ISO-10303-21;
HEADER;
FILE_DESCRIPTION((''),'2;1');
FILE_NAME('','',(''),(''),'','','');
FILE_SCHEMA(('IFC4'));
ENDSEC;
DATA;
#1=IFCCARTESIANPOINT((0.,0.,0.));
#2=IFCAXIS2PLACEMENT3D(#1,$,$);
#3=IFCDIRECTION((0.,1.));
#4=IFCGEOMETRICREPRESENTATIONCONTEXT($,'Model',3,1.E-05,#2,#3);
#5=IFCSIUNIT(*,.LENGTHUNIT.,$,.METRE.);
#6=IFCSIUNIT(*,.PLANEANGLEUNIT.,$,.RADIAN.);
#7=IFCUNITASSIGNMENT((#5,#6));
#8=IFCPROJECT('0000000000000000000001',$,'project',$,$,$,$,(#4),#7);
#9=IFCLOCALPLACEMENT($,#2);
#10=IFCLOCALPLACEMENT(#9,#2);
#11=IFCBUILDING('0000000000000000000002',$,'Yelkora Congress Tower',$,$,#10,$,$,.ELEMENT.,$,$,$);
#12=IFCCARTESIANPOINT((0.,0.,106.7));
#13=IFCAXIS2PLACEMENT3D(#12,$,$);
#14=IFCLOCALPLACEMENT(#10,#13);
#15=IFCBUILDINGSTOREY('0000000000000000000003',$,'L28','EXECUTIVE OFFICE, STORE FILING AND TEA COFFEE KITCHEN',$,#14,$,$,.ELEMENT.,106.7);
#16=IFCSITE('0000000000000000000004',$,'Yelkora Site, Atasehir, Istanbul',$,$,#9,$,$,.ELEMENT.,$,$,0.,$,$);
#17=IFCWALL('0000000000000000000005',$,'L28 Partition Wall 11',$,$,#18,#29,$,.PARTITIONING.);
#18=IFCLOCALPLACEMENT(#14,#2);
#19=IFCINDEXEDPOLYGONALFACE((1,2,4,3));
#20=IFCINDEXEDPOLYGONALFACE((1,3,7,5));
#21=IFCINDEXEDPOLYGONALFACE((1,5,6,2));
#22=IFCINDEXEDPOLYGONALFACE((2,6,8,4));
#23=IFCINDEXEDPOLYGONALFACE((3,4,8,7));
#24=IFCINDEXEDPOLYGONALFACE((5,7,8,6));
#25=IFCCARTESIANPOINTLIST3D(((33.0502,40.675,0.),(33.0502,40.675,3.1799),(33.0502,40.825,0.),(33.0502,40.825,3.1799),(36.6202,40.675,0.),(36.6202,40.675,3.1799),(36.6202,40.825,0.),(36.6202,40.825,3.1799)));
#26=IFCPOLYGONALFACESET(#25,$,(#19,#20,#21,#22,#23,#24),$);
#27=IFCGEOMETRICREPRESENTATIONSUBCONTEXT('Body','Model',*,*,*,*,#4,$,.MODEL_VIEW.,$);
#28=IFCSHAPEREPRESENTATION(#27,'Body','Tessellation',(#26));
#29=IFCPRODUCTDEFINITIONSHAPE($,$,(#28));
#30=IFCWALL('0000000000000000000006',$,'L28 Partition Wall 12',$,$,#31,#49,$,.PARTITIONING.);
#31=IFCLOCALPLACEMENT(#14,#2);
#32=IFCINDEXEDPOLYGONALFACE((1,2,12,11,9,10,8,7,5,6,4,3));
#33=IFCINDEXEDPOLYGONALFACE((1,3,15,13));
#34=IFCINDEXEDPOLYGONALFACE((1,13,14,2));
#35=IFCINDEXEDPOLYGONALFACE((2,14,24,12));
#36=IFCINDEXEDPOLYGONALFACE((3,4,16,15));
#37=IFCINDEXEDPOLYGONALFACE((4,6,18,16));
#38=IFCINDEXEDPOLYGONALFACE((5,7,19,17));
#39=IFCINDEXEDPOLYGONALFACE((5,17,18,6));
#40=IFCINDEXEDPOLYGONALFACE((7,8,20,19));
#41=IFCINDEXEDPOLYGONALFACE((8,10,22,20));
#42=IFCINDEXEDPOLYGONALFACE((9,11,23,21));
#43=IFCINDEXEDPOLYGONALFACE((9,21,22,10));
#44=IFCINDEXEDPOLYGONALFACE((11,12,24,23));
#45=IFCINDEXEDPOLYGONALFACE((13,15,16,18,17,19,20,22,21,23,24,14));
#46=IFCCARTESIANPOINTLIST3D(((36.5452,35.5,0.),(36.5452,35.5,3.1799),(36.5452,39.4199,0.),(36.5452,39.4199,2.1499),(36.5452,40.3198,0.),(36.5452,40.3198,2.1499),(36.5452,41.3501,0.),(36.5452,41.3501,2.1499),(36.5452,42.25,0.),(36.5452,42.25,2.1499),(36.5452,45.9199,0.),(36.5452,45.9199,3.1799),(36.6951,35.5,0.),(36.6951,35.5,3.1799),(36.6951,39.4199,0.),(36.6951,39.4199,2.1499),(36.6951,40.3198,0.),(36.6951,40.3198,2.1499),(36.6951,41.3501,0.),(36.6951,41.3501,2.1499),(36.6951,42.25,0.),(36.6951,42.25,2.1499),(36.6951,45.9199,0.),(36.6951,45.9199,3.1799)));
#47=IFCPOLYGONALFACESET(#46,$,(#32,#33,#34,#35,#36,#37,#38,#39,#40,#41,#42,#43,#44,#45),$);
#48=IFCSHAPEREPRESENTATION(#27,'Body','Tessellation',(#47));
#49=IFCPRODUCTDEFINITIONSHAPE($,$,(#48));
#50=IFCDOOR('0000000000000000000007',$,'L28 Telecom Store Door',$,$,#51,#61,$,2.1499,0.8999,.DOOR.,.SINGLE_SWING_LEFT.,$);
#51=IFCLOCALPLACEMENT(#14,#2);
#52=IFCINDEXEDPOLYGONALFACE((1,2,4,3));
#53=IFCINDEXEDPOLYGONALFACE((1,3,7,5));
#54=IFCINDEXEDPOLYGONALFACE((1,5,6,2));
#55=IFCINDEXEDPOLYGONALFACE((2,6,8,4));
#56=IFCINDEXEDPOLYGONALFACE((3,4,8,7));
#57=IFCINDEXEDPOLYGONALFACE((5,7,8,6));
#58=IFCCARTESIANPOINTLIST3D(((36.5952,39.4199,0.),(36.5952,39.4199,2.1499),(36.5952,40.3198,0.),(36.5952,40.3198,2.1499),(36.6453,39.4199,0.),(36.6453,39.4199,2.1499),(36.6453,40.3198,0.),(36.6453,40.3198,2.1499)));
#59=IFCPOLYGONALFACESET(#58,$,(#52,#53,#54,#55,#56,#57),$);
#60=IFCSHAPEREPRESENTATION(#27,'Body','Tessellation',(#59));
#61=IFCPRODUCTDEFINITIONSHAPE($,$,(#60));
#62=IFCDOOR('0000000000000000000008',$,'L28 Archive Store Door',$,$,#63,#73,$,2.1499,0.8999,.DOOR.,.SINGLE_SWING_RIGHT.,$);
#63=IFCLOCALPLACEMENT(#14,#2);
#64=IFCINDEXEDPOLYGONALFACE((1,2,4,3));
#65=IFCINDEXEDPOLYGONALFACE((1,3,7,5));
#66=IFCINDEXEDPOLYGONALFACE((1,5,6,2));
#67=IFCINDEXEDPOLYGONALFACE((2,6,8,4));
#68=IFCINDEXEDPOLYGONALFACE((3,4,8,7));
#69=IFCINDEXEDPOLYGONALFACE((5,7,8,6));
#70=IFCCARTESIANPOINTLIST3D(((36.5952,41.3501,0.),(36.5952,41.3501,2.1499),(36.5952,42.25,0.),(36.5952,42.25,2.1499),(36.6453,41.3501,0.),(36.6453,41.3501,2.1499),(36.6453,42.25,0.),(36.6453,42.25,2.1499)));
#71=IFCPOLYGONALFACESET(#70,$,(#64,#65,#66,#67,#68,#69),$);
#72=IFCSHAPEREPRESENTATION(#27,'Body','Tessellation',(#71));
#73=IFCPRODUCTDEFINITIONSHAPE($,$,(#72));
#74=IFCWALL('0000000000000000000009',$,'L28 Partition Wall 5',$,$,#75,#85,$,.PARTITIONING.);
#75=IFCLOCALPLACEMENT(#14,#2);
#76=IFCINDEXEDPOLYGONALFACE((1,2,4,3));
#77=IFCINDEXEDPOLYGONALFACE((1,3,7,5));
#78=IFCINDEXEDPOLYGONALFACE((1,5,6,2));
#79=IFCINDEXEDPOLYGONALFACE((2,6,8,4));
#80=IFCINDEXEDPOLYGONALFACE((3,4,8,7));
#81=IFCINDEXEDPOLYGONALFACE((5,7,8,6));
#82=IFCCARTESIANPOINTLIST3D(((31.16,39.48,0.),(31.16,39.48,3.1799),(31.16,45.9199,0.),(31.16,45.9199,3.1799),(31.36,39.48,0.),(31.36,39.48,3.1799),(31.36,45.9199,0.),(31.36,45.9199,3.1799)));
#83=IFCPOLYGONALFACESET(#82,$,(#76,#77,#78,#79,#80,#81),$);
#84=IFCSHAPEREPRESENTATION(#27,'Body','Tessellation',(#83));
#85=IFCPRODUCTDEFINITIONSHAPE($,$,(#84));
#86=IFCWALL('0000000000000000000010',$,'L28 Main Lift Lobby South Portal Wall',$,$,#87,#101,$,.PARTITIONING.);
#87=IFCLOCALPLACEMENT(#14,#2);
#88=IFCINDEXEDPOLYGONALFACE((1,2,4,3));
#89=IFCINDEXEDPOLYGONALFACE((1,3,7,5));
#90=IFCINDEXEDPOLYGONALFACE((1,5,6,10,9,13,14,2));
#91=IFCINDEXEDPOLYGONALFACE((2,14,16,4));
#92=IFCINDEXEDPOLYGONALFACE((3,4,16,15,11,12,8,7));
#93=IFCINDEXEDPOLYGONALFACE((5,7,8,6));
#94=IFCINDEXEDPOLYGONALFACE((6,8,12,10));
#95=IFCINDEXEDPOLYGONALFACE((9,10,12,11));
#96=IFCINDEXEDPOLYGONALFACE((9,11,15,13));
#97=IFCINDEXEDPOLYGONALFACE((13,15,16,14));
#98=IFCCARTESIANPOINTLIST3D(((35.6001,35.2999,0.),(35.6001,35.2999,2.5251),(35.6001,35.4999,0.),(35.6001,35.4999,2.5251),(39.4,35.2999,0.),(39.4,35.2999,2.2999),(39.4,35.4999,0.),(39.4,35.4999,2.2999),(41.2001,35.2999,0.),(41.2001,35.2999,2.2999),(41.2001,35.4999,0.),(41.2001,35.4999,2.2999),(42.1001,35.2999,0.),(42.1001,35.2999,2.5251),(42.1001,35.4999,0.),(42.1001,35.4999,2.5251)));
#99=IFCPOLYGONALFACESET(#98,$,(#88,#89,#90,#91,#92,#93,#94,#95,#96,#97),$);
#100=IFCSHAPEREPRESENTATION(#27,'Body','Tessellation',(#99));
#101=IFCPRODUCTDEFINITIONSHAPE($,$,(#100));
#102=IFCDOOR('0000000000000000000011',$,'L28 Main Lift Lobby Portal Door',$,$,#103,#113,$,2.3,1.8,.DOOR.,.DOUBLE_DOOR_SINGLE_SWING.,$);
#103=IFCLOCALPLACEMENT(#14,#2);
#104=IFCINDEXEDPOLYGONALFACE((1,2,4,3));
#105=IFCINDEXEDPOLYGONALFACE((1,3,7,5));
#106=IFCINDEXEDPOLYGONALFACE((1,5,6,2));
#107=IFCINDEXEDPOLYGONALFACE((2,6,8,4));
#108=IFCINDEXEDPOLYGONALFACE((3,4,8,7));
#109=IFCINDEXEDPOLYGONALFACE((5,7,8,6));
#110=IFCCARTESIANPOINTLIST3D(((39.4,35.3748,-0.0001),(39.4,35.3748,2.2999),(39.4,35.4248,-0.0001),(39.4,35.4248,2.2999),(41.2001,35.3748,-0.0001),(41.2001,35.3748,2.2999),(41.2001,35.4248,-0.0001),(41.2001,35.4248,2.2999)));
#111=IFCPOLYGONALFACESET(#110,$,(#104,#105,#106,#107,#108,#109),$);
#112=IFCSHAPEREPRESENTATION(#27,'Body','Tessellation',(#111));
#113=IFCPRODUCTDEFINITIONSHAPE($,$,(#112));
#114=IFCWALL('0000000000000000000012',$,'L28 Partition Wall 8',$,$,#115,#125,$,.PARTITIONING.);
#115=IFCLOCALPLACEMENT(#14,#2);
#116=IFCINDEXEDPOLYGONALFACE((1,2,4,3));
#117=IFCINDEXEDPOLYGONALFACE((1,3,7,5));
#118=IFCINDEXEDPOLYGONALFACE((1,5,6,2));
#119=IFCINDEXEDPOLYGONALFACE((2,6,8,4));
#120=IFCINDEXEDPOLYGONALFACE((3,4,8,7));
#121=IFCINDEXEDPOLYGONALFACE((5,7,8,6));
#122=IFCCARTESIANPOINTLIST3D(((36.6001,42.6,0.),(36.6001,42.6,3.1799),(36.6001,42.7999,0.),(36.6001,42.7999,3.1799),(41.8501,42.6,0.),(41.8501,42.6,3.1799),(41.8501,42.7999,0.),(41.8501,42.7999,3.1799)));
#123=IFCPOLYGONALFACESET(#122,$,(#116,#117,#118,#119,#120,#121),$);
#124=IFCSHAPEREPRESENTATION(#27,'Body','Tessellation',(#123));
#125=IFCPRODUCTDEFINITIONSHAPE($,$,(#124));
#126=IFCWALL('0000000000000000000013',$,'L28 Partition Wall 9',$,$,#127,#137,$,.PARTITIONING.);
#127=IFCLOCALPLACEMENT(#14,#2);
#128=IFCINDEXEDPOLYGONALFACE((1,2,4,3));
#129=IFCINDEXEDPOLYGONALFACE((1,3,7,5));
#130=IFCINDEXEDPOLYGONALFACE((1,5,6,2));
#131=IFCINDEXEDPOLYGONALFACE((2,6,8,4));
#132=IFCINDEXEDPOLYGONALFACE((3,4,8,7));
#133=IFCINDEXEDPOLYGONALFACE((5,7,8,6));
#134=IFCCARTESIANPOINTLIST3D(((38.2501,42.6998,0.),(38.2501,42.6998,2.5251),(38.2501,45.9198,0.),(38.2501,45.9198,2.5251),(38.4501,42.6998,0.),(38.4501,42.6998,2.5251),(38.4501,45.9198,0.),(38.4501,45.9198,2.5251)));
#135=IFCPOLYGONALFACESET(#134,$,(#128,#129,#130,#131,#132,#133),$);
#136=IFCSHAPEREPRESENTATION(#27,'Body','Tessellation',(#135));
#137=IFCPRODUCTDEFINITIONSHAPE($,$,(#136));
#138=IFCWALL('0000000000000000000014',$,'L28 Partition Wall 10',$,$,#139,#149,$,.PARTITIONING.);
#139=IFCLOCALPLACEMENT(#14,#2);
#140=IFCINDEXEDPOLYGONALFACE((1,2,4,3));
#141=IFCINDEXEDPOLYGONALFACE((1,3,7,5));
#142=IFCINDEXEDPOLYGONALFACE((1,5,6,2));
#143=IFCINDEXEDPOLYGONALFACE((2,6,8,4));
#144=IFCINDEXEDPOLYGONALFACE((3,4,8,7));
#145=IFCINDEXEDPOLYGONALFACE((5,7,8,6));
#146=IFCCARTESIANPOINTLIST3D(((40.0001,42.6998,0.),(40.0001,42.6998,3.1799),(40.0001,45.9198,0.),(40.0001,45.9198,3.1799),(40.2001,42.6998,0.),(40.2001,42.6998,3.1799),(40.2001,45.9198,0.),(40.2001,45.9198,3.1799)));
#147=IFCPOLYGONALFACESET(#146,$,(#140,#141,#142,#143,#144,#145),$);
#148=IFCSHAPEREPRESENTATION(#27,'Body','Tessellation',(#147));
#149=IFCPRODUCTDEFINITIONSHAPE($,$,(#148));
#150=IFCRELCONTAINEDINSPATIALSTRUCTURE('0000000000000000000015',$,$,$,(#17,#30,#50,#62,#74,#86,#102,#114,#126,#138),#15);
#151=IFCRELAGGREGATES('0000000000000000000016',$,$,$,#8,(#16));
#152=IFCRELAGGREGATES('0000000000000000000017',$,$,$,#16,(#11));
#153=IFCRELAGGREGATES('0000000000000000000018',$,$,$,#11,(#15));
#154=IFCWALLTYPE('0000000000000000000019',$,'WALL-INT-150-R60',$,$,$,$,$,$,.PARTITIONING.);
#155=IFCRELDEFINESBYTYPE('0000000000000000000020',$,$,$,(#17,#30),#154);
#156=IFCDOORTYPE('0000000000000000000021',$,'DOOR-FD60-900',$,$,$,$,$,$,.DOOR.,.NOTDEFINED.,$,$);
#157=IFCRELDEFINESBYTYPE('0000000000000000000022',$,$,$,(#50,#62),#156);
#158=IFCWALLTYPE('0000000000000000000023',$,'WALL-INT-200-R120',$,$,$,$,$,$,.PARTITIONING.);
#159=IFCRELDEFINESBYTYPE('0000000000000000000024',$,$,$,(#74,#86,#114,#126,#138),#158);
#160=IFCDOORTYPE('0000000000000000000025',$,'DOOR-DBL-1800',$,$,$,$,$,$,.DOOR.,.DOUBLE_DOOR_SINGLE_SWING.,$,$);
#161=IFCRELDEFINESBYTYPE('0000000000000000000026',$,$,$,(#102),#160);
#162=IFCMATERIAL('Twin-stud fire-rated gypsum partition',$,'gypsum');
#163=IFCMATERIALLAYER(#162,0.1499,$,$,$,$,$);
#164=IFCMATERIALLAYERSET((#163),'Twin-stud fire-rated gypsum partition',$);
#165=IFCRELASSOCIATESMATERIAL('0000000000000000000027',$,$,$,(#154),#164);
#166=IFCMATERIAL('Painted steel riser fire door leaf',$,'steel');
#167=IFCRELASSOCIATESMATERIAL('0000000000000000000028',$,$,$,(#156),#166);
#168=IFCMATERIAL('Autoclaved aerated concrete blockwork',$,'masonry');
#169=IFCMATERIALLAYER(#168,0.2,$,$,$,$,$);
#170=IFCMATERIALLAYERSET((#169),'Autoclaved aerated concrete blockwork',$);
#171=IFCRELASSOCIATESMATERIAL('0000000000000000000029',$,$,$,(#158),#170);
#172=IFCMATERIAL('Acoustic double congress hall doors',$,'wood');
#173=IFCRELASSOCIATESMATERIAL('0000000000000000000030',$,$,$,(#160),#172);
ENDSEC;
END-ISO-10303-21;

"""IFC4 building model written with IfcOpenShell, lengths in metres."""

from ifc_helpers import new_model, si_unit, direction, frame, frame_2d, origin, place, context, subcontext, project, spatial, rectangle, extrude, material, layer, layer_set, type_object, element, fill, save


model = new_model("IFC4")

# Units and contexts
model_context = context("Model", 3, precision=1e-05, world=origin(), true_north=direction((0.0, 1.0)))
body_context = subcontext(model_context, "Body", "Model", "MODEL_VIEW")
ifc_project = project(units=[si_unit("LENGTHUNIT", "METRE"), si_unit("PLANEANGLEUNIT", "RADIAN")], contexts=[model_context])

# Site, building, storey
site_placement = place(None, origin())
site = spatial("IfcSite", under=ifc_project, at=site_placement, Name="Yelkora Site, Atasehir, Istanbul", CompositionType="ELEMENT", RefElevation=0.0)
building_placement = place(site_placement, origin())
building = spatial("IfcBuilding", under=site, at=building_placement, Name="Yelkora Congress Tower", CompositionType="ELEMENT")
storey_placement = place(building_placement, frame((0.0, 0.0, 106.7)))
storey = spatial("IfcBuildingStorey", under=building, at=storey_placement, Name="L28", Description="EXECUTIVE OFFICE, STORE FILING AND TEA COFFEE KITCHEN", CompositionType="ELEMENT", Elevation=106.7)

# Wall
ifc_material_1 = material(Name="Twin-stud fire-rated gypsum partition", Category="gypsum")
ifc_layer_1 = layer(ifc_material_1, 0.1499)
ifc_layer_set_1 = layer_set([ifc_layer_1], Name="Twin-stud fire-rated gypsum partition")
wall_type_1 = type_object("IfcWallType", Name="WALL-INT-150-R60", PredefinedType="PARTITIONING", material=ifc_layer_set_1)
wall_1_placement = place(storey_placement, frame((33.05, 40.75, 0.0), z_axis=(0.0, 0.0, 1.0), x_axis=(1.0, 0.0, 0.0)))
element("IfcWall", 1, at=wall_1_placement, inside=storey, type_object=wall_type_1, Name="L28 Partition Wall 11", PredefinedType="PARTITIONING", context=body_context, shape_type="SweptSolid", body=[
    extrude(rectangle(XDim=3.5701, YDim=0.1499, at=frame_2d((1.7852, 0.0))), origin(), (0.0, 0.0, 1.0), 3.1799),
])

# Wall, openings, doors
wall_2_placement = place(storey_placement, frame((36.6201, 35.5, 0.0), z_axis=(0.0, 0.0, 1.0), x_axis=(0.0, 1.0, 0.0)))
wall_2 = element("IfcWall", 2, at=wall_2_placement, inside=storey, type_object=wall_type_1, Name="L28 Partition Wall 12", PredefinedType="PARTITIONING", context=body_context, shape_type="SweptSolid", body=[
    extrude(rectangle(XDim=10.4199, YDim=0.1499, at=frame_2d((5.21, 0.0))), origin(), (0.0, 0.0, 1.0), 3.1799),
])
opening_1_placement = place(wall_2_placement, frame((3.9199, 0.0, 0.0)))
opening_1 = element("IfcOpeningElement", 3, at=opening_1_placement, cuts=wall_2, PredefinedType="OPENING", context=body_context, shape_type="SweptSolid", body=[
    extrude(rectangle(XDim=0.8999, YDim=2.1499, at=frame_2d((0.45, 1.075))), frame((0.0, 0.085, 0.0), z_axis=(0.0, -1.0, 0.0), x_axis=(1.0, 0.0, 0.0)), (0.0, 0.0, 1.0), 0.1699),
])
opening_2_placement = place(wall_2_placement, frame((5.8501, 0.0, 0.0)))
opening_2 = element("IfcOpeningElement", 4, at=opening_2_placement, cuts=wall_2, PredefinedType="OPENING", context=body_context, shape_type="SweptSolid", body=[
    extrude(rectangle(XDim=0.8999, YDim=2.1499, at=frame_2d((0.45, 1.075))), frame((0.0, 0.085, 0.0), z_axis=(0.0, -1.0, 0.0), x_axis=(1.0, 0.0, 0.0)), (0.0, 0.0, 1.0), 0.1699),
])
ifc_material_2 = material(Name="Painted steel riser fire door leaf", Category="steel")
door_type_1 = type_object("IfcDoorType", Name="DOOR-FD60-900", OperationType="NOTDEFINED", PredefinedType="DOOR", material=ifc_material_2)
door_1_placement = place(opening_1_placement, origin())
door_1 = element("IfcDoor", 5, at=door_1_placement, inside=storey, type_object=door_type_1, Name="L28 Telecom Store Door", OperationType="SINGLE_SWING_LEFT", OverallHeight=2.1499, OverallWidth=0.8999, PredefinedType="DOOR", context=body_context, shape_type="SweptSolid", body=[
    extrude(rectangle(XDim=0.8999, YDim=2.1499, at=frame_2d((0.45, 1.075))), frame((0.0, 0.0249, 0.0), z_axis=(0.0, -1.0, 0.0), x_axis=(1.0, 0.0, 0.0)), (0.0, 0.0, 1.0), 0.05),
])
fill(opening_1, door_1)
door_2_placement = place(opening_2_placement, origin())
door_2 = element("IfcDoor", 6, at=door_2_placement, inside=storey, type_object=door_type_1, Name="L28 Archive Store Door", OperationType="SINGLE_SWING_RIGHT", OverallHeight=2.1499, OverallWidth=0.8999, PredefinedType="DOOR", context=body_context, shape_type="SweptSolid", body=[
    extrude(rectangle(XDim=0.8999, YDim=2.1499, at=frame_2d((0.45, 1.075))), frame((0.0, 0.0249, 0.0), z_axis=(0.0, -1.0, 0.0), x_axis=(1.0, 0.0, 0.0)), (0.0, 0.0, 1.0), 0.05),
])
fill(opening_2, door_2)

# Wall
ifc_material_3 = material(Name="Autoclaved aerated concrete blockwork", Category="masonry")
ifc_layer_2 = layer(ifc_material_3, 0.2)
ifc_layer_set_2 = layer_set([ifc_layer_2], Name="Autoclaved aerated concrete blockwork")
wall_type_2 = type_object("IfcWallType", Name="WALL-INT-200-R120", PredefinedType="PARTITIONING", material=ifc_layer_set_2)
wall_3_placement = place(storey_placement, frame((31.26, 39.48, 0.0), z_axis=(0.0, 0.0, 1.0), x_axis=(0.0, 1.0, 0.0)))
element("IfcWall", 7, at=wall_3_placement, inside=storey, type_object=wall_type_2, Name="L28 Partition Wall 5", PredefinedType="PARTITIONING", context=body_context, shape_type="SweptSolid", body=[
    extrude(rectangle(XDim=6.4399, YDim=0.2, at=frame_2d((3.22, 0.0))), origin(), (0.0, 0.0, 1.0), 3.1799),
])

# Wall, opening, door
wall_4_placement = place(storey_placement, frame((35.6001, 35.3999, 0.0), z_axis=(0.0, 0.0, 1.0), x_axis=(1.0, 0.0, 0.0)))
wall_4 = element("IfcWall", 8, at=wall_4_placement, inside=storey, type_object=wall_type_2, Name="L28 Main Lift Lobby South Portal Wall", PredefinedType="PARTITIONING", context=body_context, shape_type="SweptSolid", body=[
    extrude(rectangle(XDim=6.5, YDim=0.2, at=frame_2d((3.25, 0.0))), origin(), (0.0, 0.0, 1.0), 2.5251),
])
opening_3_placement = place(wall_4_placement, frame((3.8, 0.0, 0.0)))
opening_3 = element("IfcOpeningElement", 9, at=opening_3_placement, cuts=wall_4, PredefinedType="OPENING", context=body_context, shape_type="SweptSolid", body=[
    extrude(rectangle(XDim=1.8, YDim=2.3, at=frame_2d((0.8999, 1.1499))), frame((0.0, 0.1099, 0.0), z_axis=(0.0, -1.0, 0.0), x_axis=(1.0, 0.0, 0.0)), (0.0, 0.0, 1.0), 0.22),
])
ifc_material_4 = material(Name="Acoustic double congress hall doors", Category="wood")
door_type_2 = type_object("IfcDoorType", Name="DOOR-DBL-1800", OperationType="DOUBLE_DOOR_SINGLE_SWING", PredefinedType="DOOR", material=ifc_material_4)
door_3_placement = place(opening_3_placement, origin())
door_3 = element("IfcDoor", 10, at=door_3_placement, inside=storey, type_object=door_type_2, Name="L28 Main Lift Lobby Portal Door", OperationType="DOUBLE_DOOR_SINGLE_SWING", OverallHeight=2.3, OverallWidth=1.8, PredefinedType="DOOR", context=body_context, shape_type="SweptSolid", body=[
    extrude(rectangle(XDim=1.8, YDim=2.3, at=frame_2d((0.8999, 1.1499))), frame((0.0, 0.0249, 0.0), z_axis=(0.0, -1.0, 0.0), x_axis=(1.0, 0.0, 0.0)), (0.0, 0.0, 1.0), 0.05),
])
fill(opening_3, door_3)

# Walls
wall_5_placement = place(storey_placement, frame((36.6001, 42.7, 0.0), z_axis=(0.0, 0.0, 1.0), x_axis=(1.0, 0.0, 0.0)))
element("IfcWall", 11, at=wall_5_placement, inside=storey, type_object=wall_type_2, Name="L28 Partition Wall 8", PredefinedType="PARTITIONING", context=body_context, shape_type="SweptSolid", body=[
    extrude(rectangle(XDim=5.25, YDim=0.2, at=frame_2d((2.625, 0.0))), origin(), (0.0, 0.0, 1.0), 3.1799),
])
wall_6_placement = place(storey_placement, frame((38.3501, 42.7, 0.0), z_axis=(0.0, 0.0, 1.0), x_axis=(0.0, 1.0, 0.0)))
element("IfcWall", 12, at=wall_6_placement, inside=storey, type_object=wall_type_2, Name="L28 Partition Wall 9", PredefinedType="PARTITIONING", context=body_context, shape_type="SweptSolid", body=[
    extrude(rectangle(XDim=3.22, YDim=0.2, at=frame_2d((1.6099, 0.0))), origin(), (0.0, 0.0, 1.0), 2.5251),
])
wall_7_placement = place(storey_placement, frame((40.1001, 42.7, 0.0), z_axis=(0.0, 0.0, 1.0), x_axis=(0.0, 1.0, 0.0)))
element("IfcWall", 13, at=wall_7_placement, inside=storey, type_object=wall_type_2, Name="L28 Partition Wall 10", PredefinedType="PARTITIONING", context=body_context, shape_type="SweptSolid", body=[
    extrude(rectangle(XDim=3.22, YDim=0.2, at=frame_2d((1.6099, 0.0))), origin(), (0.0, 0.0, 1.0), 3.1799),
])

save(model, "model.ifc")
